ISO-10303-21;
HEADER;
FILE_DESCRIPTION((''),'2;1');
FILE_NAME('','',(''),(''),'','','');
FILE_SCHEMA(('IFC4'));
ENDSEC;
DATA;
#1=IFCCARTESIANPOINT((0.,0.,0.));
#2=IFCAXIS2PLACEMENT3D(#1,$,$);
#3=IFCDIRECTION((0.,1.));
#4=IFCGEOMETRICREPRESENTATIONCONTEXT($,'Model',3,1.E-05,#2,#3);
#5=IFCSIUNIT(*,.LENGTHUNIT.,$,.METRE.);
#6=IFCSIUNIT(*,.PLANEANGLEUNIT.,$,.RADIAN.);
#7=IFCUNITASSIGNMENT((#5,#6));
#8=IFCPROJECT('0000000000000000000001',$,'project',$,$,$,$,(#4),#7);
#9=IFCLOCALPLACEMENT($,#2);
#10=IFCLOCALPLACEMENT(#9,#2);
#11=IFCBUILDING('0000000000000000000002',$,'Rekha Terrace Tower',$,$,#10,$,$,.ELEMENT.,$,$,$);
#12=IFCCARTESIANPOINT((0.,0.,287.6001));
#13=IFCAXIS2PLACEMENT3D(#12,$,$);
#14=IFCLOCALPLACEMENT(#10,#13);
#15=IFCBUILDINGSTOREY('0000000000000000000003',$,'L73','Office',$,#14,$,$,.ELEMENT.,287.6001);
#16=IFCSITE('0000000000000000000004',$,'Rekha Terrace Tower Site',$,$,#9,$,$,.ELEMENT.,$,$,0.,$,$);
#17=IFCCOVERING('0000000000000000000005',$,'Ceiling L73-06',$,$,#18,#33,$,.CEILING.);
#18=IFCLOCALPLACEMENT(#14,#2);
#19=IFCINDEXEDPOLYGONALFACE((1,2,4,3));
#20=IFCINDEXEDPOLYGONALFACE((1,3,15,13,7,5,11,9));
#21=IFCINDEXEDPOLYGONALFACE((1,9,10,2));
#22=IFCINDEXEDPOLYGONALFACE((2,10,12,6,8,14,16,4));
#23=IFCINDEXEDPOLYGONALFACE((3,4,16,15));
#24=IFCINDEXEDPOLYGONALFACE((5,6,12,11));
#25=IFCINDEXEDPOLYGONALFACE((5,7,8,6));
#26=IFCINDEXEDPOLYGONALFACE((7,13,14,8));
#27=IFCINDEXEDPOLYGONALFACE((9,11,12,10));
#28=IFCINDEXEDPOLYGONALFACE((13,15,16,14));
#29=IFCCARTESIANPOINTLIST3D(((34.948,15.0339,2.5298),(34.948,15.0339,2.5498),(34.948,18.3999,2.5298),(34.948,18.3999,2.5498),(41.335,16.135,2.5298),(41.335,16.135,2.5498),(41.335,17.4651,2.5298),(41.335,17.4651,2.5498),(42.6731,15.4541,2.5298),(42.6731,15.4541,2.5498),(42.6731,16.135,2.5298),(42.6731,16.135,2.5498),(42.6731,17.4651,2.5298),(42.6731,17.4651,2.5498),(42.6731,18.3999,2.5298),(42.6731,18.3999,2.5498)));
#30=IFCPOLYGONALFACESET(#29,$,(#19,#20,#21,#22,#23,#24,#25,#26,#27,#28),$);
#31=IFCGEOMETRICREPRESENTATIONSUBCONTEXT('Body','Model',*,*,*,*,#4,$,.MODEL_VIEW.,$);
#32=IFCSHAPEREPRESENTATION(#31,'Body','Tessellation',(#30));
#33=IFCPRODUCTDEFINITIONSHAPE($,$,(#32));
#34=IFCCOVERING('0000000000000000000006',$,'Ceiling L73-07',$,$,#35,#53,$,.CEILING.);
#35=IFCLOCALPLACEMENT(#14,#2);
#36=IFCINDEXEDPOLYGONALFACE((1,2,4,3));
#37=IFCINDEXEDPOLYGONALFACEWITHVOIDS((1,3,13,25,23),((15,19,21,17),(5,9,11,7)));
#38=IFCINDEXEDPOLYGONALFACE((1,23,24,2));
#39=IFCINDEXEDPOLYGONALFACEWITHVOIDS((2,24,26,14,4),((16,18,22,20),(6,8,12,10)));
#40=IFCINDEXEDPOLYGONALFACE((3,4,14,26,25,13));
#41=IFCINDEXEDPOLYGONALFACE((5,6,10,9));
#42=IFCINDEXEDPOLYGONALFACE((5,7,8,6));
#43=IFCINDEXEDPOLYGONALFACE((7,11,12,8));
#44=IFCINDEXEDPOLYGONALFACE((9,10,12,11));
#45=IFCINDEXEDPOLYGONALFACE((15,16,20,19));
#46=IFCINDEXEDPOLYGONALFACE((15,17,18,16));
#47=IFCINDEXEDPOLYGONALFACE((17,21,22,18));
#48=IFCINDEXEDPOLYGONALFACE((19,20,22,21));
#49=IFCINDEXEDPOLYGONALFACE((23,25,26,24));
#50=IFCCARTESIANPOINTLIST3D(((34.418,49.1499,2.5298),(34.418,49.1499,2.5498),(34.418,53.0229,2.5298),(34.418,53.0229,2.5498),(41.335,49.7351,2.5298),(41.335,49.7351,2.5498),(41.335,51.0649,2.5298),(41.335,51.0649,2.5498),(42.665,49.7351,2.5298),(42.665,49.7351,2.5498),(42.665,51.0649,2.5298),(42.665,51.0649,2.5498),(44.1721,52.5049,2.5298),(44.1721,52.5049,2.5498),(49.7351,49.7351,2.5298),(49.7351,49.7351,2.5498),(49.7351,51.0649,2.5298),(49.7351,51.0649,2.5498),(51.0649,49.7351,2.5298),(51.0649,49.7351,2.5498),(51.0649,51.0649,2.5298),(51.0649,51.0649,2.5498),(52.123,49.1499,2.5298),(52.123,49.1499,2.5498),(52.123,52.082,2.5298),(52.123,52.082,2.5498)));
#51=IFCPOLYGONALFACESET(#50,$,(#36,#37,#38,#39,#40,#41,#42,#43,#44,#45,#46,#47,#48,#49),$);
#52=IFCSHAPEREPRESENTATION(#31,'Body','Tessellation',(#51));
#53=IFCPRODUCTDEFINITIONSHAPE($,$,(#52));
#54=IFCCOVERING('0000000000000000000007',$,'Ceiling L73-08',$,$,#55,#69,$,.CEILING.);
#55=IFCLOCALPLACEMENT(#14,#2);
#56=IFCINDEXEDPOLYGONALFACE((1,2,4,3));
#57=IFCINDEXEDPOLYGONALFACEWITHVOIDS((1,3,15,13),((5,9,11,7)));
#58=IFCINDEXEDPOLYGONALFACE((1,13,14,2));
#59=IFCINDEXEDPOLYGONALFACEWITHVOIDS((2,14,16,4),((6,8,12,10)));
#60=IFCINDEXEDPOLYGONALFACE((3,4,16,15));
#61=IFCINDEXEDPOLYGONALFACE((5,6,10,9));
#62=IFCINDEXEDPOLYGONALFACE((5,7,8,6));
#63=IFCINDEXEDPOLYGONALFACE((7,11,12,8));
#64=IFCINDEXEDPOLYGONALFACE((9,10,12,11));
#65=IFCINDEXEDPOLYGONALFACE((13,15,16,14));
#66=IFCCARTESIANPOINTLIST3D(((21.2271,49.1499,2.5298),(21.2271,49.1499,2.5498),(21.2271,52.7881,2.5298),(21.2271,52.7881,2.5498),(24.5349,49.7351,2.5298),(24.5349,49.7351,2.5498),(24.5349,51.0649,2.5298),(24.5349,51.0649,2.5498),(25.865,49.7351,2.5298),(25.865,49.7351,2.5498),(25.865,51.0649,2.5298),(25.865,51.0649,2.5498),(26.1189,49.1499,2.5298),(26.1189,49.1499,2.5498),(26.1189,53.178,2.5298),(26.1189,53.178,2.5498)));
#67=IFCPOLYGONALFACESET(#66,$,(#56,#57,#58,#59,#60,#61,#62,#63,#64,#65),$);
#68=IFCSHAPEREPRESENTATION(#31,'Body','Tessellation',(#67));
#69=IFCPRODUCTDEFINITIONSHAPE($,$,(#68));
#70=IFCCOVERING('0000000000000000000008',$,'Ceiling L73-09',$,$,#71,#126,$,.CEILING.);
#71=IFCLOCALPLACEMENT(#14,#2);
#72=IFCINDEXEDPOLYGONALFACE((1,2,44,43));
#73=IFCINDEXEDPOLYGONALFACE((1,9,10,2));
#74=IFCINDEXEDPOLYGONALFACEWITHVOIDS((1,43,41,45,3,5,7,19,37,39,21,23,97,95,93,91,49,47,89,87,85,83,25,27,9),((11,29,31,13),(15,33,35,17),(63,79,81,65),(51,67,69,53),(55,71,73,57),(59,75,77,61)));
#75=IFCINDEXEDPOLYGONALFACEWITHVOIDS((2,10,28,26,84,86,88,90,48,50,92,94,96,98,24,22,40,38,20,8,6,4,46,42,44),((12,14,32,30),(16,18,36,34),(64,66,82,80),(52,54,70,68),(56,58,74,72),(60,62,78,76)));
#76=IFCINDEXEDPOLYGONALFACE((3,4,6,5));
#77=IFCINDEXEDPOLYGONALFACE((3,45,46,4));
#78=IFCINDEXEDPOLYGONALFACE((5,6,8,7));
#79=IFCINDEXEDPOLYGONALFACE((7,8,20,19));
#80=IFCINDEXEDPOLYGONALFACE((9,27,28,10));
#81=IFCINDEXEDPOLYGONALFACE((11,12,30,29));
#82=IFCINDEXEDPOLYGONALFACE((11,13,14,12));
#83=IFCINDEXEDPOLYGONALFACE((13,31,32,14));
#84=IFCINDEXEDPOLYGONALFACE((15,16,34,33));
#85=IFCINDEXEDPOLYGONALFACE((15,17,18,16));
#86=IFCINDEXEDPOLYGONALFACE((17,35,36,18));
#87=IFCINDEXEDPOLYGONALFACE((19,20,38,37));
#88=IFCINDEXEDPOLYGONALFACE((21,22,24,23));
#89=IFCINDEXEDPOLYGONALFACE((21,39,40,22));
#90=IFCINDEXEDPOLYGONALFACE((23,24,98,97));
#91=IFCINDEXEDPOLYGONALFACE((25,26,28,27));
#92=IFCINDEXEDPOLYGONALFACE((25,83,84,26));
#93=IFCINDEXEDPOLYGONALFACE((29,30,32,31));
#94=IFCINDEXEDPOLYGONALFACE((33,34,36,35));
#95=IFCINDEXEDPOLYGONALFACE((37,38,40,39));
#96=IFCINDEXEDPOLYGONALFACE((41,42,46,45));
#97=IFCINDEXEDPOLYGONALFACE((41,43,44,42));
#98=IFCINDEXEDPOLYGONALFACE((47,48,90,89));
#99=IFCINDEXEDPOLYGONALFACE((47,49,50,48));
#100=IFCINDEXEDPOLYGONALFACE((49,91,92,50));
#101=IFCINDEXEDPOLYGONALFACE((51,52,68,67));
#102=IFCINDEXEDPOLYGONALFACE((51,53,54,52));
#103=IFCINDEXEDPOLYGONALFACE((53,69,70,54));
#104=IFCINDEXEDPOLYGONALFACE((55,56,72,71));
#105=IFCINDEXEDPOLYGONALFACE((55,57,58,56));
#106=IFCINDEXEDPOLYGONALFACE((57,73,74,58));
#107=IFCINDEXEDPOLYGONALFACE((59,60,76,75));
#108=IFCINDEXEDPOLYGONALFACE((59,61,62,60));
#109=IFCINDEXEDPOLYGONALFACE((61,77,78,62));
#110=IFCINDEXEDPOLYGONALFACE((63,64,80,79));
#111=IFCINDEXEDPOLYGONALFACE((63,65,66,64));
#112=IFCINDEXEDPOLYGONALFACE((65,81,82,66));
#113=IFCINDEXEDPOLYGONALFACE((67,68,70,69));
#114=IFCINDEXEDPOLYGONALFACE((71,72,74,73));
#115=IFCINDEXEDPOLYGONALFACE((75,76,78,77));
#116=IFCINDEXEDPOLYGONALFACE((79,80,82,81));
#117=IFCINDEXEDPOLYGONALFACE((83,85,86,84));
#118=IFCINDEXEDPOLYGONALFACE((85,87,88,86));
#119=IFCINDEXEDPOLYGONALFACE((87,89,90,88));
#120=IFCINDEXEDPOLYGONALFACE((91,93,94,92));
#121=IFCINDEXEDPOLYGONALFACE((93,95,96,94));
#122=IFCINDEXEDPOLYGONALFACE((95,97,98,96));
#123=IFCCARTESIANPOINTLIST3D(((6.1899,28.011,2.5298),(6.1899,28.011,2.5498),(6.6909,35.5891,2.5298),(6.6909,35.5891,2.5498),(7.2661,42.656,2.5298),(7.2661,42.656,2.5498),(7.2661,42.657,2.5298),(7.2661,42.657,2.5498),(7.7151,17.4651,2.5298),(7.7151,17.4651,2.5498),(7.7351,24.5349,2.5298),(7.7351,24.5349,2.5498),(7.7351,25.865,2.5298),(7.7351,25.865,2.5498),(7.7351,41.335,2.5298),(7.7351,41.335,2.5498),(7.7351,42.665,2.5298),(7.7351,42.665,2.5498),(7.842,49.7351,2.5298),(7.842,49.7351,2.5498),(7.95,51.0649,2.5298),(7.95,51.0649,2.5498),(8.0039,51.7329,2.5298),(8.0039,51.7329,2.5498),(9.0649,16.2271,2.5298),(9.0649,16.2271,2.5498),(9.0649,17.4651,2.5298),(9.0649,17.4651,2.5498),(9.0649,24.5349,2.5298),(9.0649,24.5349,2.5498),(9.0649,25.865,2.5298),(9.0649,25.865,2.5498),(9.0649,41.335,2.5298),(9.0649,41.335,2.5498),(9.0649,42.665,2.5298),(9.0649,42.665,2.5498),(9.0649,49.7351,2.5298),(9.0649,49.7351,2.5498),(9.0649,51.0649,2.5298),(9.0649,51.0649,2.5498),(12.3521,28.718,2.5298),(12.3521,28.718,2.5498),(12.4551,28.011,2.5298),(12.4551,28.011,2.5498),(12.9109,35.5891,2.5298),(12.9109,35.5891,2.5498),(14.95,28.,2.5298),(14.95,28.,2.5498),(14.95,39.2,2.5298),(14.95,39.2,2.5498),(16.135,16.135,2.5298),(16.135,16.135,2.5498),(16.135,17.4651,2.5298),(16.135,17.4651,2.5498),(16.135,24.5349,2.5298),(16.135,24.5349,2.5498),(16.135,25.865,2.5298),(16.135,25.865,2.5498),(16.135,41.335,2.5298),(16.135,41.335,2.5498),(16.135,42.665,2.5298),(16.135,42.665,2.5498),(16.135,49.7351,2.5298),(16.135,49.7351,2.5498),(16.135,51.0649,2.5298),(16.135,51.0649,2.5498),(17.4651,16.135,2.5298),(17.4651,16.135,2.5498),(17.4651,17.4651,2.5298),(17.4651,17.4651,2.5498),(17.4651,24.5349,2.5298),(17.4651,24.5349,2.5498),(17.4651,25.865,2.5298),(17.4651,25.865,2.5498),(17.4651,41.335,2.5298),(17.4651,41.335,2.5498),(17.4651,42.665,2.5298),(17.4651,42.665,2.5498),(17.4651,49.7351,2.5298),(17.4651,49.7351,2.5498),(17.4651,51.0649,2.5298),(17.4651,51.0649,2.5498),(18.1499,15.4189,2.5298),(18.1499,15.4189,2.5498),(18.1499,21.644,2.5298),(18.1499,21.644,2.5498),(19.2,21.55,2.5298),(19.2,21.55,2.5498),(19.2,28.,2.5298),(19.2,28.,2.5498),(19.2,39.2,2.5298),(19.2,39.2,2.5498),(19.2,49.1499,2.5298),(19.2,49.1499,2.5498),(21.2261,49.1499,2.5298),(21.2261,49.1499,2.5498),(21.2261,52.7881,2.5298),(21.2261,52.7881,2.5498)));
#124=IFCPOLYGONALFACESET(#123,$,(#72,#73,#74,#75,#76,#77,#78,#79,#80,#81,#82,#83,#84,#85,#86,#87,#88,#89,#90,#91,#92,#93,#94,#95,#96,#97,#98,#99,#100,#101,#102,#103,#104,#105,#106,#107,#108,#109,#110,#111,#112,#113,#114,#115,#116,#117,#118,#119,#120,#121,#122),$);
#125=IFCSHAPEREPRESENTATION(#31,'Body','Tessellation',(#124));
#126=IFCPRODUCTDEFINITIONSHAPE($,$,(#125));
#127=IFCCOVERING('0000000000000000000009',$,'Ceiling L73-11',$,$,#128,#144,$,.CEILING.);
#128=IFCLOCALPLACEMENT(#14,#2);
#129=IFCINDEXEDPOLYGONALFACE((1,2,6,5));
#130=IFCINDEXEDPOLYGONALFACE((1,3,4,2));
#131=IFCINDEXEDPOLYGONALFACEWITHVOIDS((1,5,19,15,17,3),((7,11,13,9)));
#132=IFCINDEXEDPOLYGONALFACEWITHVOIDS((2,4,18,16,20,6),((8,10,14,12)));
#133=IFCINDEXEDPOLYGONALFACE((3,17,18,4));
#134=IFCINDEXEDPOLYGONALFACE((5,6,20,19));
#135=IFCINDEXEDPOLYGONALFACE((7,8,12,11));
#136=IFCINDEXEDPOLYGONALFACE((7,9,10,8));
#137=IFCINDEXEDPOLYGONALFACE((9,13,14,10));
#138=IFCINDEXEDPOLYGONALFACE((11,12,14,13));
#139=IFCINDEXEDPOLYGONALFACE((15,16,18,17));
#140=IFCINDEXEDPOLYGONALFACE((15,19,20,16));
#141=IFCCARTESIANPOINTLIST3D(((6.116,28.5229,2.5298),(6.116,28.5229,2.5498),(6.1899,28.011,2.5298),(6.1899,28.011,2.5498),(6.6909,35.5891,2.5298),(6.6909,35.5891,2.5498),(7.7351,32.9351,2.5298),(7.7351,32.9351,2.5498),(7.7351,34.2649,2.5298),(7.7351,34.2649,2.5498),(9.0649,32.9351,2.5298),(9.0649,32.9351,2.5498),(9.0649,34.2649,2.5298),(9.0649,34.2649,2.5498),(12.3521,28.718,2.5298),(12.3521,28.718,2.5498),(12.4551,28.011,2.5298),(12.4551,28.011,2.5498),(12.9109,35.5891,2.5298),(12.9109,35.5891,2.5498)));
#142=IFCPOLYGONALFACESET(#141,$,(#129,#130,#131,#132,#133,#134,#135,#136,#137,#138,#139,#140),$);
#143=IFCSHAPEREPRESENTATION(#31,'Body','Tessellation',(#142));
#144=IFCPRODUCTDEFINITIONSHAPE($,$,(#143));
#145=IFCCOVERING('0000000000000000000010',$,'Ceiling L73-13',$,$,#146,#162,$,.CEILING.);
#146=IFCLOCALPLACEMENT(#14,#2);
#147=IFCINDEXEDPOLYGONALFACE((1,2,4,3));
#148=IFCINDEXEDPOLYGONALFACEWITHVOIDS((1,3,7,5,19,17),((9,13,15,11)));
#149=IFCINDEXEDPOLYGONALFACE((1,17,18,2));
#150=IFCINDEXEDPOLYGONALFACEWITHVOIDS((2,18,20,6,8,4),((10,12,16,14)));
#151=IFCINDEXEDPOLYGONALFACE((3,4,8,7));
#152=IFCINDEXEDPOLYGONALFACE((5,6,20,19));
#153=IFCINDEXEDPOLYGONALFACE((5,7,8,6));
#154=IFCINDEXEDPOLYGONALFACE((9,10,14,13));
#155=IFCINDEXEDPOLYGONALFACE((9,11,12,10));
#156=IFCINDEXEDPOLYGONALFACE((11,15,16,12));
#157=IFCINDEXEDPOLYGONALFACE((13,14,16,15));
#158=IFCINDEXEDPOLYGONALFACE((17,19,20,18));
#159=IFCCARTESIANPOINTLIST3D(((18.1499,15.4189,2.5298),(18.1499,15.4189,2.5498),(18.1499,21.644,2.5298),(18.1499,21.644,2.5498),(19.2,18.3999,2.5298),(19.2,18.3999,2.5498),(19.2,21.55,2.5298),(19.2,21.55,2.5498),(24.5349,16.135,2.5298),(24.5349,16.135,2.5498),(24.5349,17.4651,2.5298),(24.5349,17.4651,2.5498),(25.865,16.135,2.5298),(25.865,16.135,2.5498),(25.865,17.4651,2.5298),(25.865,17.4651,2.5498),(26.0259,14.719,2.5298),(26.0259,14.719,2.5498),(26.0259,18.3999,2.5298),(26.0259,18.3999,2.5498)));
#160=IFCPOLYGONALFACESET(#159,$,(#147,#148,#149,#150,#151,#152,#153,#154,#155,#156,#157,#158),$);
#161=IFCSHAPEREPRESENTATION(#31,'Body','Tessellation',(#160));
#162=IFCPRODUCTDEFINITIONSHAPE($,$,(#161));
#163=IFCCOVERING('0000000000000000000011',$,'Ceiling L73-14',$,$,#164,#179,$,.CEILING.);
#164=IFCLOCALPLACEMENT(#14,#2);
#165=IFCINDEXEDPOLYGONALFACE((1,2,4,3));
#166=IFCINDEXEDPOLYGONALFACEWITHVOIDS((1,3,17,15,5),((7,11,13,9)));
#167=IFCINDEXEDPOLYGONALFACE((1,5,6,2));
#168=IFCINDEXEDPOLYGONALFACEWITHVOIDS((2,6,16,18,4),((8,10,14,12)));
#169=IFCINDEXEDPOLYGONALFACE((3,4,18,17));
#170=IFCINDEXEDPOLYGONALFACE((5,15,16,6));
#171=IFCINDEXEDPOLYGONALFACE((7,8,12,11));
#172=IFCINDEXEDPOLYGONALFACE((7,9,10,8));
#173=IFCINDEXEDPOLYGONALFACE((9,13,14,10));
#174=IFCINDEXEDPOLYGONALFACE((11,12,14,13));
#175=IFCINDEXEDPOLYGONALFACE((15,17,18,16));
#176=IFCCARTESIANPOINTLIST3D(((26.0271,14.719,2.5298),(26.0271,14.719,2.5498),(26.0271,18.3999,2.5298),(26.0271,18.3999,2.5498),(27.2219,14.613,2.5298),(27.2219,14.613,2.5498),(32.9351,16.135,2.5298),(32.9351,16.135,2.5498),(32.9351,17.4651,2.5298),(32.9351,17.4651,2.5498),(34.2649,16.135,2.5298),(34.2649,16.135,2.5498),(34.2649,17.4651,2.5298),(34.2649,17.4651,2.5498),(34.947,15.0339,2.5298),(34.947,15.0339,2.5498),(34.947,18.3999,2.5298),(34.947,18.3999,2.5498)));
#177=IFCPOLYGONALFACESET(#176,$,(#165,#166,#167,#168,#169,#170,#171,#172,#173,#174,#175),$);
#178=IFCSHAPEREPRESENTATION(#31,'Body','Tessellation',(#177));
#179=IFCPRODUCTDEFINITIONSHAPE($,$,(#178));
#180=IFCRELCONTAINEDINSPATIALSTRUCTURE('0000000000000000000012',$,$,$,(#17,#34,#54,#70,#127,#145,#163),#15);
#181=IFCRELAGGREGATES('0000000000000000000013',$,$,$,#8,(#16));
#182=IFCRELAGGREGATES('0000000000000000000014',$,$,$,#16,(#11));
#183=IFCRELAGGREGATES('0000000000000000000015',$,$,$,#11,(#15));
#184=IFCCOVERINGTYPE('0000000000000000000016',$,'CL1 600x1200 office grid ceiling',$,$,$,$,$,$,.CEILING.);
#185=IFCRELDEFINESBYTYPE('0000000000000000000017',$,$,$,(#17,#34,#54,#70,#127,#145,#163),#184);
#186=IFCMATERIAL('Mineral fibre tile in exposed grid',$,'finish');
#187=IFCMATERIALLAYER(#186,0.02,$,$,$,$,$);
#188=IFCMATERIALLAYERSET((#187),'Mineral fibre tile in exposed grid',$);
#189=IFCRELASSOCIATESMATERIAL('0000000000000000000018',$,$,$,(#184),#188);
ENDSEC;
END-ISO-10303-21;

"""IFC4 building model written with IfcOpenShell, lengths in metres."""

from ifc_helpers import new_model, si_unit, direction, frame, origin, place, context, subcontext, project, spatial, polyline, outline, extrude, material, layer, layer_set, type_object, element, save


model = new_model("IFC4")

# Units and contexts
model_context = context("Model", 3, precision=1e-05, world=origin(), true_north=direction((0.0, 1.0)))
body_context = subcontext(model_context, "Body", "Model", "MODEL_VIEW")
ifc_project = project(units=[si_unit("LENGTHUNIT", "METRE"), si_unit("PLANEANGLEUNIT", "RADIAN")], contexts=[model_context])

# Site, building, storey
site_placement = place(None, origin())
site = spatial("IfcSite", under=ifc_project, at=site_placement, Name="Rekha Terrace Tower Site", CompositionType="ELEMENT", RefElevation=0.0)
building_placement = place(site_placement, origin())
building = spatial("IfcBuilding", under=site, at=building_placement, Name="Rekha Terrace Tower", CompositionType="ELEMENT")
storey_placement = place(building_placement, frame((0.0, 0.0, 287.6001)))
storey = spatial("IfcBuildingStorey", under=building, at=storey_placement, Name="L73", Description="Office", CompositionType="ELEMENT", Elevation=287.6001)

# Coverings
ifc_material_1 = material(Name="Mineral fibre tile in exposed grid", Category="finish")
ifc_layer_1 = layer(ifc_material_1, 0.02)
ifc_layer_set_1 = layer_set([ifc_layer_1], Name="Mineral fibre tile in exposed grid")
covering_type_1 = type_object("IfcCoveringType", Name="CL1 600x1200 office grid ceiling", PredefinedType="CEILING", material=ifc_layer_set_1)
covering_1_placement = place(storey_placement, frame((0.0, 0.0, 2.5298)))
element("IfcCovering", 1, at=covering_1_placement, inside=storey, type_object=covering_type_1, Name="Ceiling L73-06", PredefinedType="CEILING", context=body_context, shape_type="SweptSolid", body=[
    extrude(outline(polyline([(34.948, 18.3999), (34.948, 15.0339), (42.6731, 15.4541), (42.6731, 16.135), (41.335, 16.135), (41.335, 17.4651), (42.6731, 17.4651), (42.6731, 18.3999), (34.948, 18.3999)])), origin(), (0.0, 0.0, 1.0), 0.02),
])
covering_2_placement = place(storey_placement, frame((0.0, 0.0, 2.5298)))
element("IfcCovering", 2, at=covering_2_placement, inside=storey, type_object=covering_type_1, Name="Ceiling L73-07", PredefinedType="CEILING", context=body_context, shape_type="SweptSolid", body=[
    extrude(outline(polyline([(52.123, 49.1499), (52.123, 52.082), (44.1721, 52.5049), (34.418, 53.0229), (34.418, 49.1499), (52.123, 49.1499)]), holes=[polyline([(51.0649, 51.0649), (51.0649, 49.7351), (49.7351, 49.7351), (49.7351, 51.0649), (51.0649, 51.0649)]), polyline([(42.665, 49.7351), (41.335, 49.7351), (41.335, 51.0649), (42.665, 51.0649), (42.665, 49.7351)])]), origin(), (0.0, 0.0, 1.0), 0.02),
])
covering_3_placement = place(storey_placement, frame((0.0, 0.0, 2.5298)))
element("IfcCovering", 3, at=covering_3_placement, inside=storey, type_object=covering_type_1, Name="Ceiling L73-08", PredefinedType="CEILING", context=body_context, shape_type="SweptSolid", body=[
    extrude(outline(polyline([(26.1189, 49.1499), (26.1189, 53.178), (21.2271, 52.7881), (21.2271, 49.1499), (26.1189, 49.1499)]), holes=[polyline([(25.865, 51.0649), (25.865, 49.7351), (24.5349, 49.7351), (24.5349, 51.0649), (25.865, 51.0649)])]), origin(), (0.0, 0.0, 1.0), 0.02),
])
covering_4_placement = place(storey_placement, frame((0.0, 0.0, 2.5298)))
element("IfcCovering", 4, at=covering_4_placement, inside=storey, type_object=covering_type_1, Name="Ceiling L73-09", PredefinedType="CEILING", context=body_context, shape_type="SweptSolid", body=[
    extrude(outline(polyline([(12.4551, 28.011), (6.1899, 28.011), (7.7151, 17.4651), (9.0649, 17.4651), (9.0649, 16.2271), (18.1499, 15.4189), (18.1499, 21.644), (19.2, 21.55), (19.2, 28.0), (14.95, 28.0), (14.95, 39.2), (19.2, 39.2), (19.2, 49.1499), (21.2261, 49.1499), (21.2261, 52.7881), (8.0039, 51.7329), (7.95, 51.0649), (9.0649, 51.0649), (9.0649, 49.7351), (7.842, 49.7351), (7.2661, 42.657), (7.2661, 42.656), (6.6909, 35.5891), (12.9109, 35.5891), (12.3521, 28.718), (12.4551, 28.011)]), holes=[polyline([(17.4651, 17.4651), (17.4651, 16.135), (16.135, 16.135), (16.135, 17.4651), (17.4651, 17.4651)]), polyline([(17.4651, 25.865), (17.4651, 24.5349), (16.135, 24.5349), (16.135, 25.865), (17.4651, 25.865)]), polyline([(17.4651, 41.335), (16.135, 41.335), (16.135, 42.665), (17.4651, 42.665), (17.4651, 41.335)]), polyline([(17.4651, 49.7351), (16.135, 49.7351), (16.135, 51.0649), (17.4651, 51.0649), (17.4651, 49.7351)]), polyline([(9.0649, 25.865), (9.0649, 24.5349), (7.7351, 24.5349), (7.7351, 25.865), (9.0649, 25.865)]), polyline([(9.0649, 42.665), (9.0649, 41.335), (7.7351, 41.335), (7.7351, 42.665), (9.0649, 42.665)])]), origin(), (0.0, 0.0, 1.0), 0.02),
])
covering_5_placement = place(storey_placement, frame((0.0, 0.0, 2.5298)))
element("IfcCovering", 5, at=covering_5_placement, inside=storey, type_object=covering_type_1, Name="Ceiling L73-11", PredefinedType="CEILING", context=body_context, shape_type="SweptSolid", body=[
    extrude(outline(polyline([(6.116, 28.5229), (6.1899, 28.011), (12.4551, 28.011), (12.3521, 28.718), (12.9109, 35.5891), (6.6909, 35.5891), (6.116, 28.5229)]), holes=[polyline([(9.0649, 34.2649), (9.0649, 32.9351), (7.7351, 32.9351), (7.7351, 34.2649), (9.0649, 34.2649)])]), origin(), (0.0, 0.0, 1.0), 0.02),
])
covering_6_placement = place(storey_placement, frame((0.0, 0.0, 2.5298)))
element("IfcCovering", 6, at=covering_6_placement, inside=storey, type_object=covering_type_1, Name="Ceiling L73-13", PredefinedType="CEILING", context=body_context, shape_type="SweptSolid", body=[
    extrude(outline(polyline([(26.0259, 14.719), (26.0259, 18.3999), (19.2, 18.3999), (19.2, 21.55), (18.1499, 21.644), (18.1499, 15.4189), (26.0259, 14.719)]), holes=[polyline([(25.865, 17.4651), (25.865, 16.135), (24.5349, 16.135), (24.5349, 17.4651), (25.865, 17.4651)])]), origin(), (0.0, 0.0, 1.0), 0.02),
])
covering_7_placement = place(storey_placement, frame((0.0, 0.0, 2.5298)))
element("IfcCovering", 7, at=covering_7_placement, inside=storey, type_object=covering_type_1, Name="Ceiling L73-14", PredefinedType="CEILING", context=body_context, shape_type="SweptSolid", body=[
    extrude(outline(polyline([(26.0271, 14.719), (27.2219, 14.613), (34.947, 15.0339), (34.947, 18.3999), (26.0271, 18.3999), (26.0271, 14.719)]), holes=[polyline([(34.2649, 16.135), (32.9351, 16.135), (32.9351, 17.4651), (34.2649, 17.4651), (34.2649, 16.135)])]), origin(), (0.0, 0.0, 1.0), 0.02),
])

save(model, "model.ifc")
